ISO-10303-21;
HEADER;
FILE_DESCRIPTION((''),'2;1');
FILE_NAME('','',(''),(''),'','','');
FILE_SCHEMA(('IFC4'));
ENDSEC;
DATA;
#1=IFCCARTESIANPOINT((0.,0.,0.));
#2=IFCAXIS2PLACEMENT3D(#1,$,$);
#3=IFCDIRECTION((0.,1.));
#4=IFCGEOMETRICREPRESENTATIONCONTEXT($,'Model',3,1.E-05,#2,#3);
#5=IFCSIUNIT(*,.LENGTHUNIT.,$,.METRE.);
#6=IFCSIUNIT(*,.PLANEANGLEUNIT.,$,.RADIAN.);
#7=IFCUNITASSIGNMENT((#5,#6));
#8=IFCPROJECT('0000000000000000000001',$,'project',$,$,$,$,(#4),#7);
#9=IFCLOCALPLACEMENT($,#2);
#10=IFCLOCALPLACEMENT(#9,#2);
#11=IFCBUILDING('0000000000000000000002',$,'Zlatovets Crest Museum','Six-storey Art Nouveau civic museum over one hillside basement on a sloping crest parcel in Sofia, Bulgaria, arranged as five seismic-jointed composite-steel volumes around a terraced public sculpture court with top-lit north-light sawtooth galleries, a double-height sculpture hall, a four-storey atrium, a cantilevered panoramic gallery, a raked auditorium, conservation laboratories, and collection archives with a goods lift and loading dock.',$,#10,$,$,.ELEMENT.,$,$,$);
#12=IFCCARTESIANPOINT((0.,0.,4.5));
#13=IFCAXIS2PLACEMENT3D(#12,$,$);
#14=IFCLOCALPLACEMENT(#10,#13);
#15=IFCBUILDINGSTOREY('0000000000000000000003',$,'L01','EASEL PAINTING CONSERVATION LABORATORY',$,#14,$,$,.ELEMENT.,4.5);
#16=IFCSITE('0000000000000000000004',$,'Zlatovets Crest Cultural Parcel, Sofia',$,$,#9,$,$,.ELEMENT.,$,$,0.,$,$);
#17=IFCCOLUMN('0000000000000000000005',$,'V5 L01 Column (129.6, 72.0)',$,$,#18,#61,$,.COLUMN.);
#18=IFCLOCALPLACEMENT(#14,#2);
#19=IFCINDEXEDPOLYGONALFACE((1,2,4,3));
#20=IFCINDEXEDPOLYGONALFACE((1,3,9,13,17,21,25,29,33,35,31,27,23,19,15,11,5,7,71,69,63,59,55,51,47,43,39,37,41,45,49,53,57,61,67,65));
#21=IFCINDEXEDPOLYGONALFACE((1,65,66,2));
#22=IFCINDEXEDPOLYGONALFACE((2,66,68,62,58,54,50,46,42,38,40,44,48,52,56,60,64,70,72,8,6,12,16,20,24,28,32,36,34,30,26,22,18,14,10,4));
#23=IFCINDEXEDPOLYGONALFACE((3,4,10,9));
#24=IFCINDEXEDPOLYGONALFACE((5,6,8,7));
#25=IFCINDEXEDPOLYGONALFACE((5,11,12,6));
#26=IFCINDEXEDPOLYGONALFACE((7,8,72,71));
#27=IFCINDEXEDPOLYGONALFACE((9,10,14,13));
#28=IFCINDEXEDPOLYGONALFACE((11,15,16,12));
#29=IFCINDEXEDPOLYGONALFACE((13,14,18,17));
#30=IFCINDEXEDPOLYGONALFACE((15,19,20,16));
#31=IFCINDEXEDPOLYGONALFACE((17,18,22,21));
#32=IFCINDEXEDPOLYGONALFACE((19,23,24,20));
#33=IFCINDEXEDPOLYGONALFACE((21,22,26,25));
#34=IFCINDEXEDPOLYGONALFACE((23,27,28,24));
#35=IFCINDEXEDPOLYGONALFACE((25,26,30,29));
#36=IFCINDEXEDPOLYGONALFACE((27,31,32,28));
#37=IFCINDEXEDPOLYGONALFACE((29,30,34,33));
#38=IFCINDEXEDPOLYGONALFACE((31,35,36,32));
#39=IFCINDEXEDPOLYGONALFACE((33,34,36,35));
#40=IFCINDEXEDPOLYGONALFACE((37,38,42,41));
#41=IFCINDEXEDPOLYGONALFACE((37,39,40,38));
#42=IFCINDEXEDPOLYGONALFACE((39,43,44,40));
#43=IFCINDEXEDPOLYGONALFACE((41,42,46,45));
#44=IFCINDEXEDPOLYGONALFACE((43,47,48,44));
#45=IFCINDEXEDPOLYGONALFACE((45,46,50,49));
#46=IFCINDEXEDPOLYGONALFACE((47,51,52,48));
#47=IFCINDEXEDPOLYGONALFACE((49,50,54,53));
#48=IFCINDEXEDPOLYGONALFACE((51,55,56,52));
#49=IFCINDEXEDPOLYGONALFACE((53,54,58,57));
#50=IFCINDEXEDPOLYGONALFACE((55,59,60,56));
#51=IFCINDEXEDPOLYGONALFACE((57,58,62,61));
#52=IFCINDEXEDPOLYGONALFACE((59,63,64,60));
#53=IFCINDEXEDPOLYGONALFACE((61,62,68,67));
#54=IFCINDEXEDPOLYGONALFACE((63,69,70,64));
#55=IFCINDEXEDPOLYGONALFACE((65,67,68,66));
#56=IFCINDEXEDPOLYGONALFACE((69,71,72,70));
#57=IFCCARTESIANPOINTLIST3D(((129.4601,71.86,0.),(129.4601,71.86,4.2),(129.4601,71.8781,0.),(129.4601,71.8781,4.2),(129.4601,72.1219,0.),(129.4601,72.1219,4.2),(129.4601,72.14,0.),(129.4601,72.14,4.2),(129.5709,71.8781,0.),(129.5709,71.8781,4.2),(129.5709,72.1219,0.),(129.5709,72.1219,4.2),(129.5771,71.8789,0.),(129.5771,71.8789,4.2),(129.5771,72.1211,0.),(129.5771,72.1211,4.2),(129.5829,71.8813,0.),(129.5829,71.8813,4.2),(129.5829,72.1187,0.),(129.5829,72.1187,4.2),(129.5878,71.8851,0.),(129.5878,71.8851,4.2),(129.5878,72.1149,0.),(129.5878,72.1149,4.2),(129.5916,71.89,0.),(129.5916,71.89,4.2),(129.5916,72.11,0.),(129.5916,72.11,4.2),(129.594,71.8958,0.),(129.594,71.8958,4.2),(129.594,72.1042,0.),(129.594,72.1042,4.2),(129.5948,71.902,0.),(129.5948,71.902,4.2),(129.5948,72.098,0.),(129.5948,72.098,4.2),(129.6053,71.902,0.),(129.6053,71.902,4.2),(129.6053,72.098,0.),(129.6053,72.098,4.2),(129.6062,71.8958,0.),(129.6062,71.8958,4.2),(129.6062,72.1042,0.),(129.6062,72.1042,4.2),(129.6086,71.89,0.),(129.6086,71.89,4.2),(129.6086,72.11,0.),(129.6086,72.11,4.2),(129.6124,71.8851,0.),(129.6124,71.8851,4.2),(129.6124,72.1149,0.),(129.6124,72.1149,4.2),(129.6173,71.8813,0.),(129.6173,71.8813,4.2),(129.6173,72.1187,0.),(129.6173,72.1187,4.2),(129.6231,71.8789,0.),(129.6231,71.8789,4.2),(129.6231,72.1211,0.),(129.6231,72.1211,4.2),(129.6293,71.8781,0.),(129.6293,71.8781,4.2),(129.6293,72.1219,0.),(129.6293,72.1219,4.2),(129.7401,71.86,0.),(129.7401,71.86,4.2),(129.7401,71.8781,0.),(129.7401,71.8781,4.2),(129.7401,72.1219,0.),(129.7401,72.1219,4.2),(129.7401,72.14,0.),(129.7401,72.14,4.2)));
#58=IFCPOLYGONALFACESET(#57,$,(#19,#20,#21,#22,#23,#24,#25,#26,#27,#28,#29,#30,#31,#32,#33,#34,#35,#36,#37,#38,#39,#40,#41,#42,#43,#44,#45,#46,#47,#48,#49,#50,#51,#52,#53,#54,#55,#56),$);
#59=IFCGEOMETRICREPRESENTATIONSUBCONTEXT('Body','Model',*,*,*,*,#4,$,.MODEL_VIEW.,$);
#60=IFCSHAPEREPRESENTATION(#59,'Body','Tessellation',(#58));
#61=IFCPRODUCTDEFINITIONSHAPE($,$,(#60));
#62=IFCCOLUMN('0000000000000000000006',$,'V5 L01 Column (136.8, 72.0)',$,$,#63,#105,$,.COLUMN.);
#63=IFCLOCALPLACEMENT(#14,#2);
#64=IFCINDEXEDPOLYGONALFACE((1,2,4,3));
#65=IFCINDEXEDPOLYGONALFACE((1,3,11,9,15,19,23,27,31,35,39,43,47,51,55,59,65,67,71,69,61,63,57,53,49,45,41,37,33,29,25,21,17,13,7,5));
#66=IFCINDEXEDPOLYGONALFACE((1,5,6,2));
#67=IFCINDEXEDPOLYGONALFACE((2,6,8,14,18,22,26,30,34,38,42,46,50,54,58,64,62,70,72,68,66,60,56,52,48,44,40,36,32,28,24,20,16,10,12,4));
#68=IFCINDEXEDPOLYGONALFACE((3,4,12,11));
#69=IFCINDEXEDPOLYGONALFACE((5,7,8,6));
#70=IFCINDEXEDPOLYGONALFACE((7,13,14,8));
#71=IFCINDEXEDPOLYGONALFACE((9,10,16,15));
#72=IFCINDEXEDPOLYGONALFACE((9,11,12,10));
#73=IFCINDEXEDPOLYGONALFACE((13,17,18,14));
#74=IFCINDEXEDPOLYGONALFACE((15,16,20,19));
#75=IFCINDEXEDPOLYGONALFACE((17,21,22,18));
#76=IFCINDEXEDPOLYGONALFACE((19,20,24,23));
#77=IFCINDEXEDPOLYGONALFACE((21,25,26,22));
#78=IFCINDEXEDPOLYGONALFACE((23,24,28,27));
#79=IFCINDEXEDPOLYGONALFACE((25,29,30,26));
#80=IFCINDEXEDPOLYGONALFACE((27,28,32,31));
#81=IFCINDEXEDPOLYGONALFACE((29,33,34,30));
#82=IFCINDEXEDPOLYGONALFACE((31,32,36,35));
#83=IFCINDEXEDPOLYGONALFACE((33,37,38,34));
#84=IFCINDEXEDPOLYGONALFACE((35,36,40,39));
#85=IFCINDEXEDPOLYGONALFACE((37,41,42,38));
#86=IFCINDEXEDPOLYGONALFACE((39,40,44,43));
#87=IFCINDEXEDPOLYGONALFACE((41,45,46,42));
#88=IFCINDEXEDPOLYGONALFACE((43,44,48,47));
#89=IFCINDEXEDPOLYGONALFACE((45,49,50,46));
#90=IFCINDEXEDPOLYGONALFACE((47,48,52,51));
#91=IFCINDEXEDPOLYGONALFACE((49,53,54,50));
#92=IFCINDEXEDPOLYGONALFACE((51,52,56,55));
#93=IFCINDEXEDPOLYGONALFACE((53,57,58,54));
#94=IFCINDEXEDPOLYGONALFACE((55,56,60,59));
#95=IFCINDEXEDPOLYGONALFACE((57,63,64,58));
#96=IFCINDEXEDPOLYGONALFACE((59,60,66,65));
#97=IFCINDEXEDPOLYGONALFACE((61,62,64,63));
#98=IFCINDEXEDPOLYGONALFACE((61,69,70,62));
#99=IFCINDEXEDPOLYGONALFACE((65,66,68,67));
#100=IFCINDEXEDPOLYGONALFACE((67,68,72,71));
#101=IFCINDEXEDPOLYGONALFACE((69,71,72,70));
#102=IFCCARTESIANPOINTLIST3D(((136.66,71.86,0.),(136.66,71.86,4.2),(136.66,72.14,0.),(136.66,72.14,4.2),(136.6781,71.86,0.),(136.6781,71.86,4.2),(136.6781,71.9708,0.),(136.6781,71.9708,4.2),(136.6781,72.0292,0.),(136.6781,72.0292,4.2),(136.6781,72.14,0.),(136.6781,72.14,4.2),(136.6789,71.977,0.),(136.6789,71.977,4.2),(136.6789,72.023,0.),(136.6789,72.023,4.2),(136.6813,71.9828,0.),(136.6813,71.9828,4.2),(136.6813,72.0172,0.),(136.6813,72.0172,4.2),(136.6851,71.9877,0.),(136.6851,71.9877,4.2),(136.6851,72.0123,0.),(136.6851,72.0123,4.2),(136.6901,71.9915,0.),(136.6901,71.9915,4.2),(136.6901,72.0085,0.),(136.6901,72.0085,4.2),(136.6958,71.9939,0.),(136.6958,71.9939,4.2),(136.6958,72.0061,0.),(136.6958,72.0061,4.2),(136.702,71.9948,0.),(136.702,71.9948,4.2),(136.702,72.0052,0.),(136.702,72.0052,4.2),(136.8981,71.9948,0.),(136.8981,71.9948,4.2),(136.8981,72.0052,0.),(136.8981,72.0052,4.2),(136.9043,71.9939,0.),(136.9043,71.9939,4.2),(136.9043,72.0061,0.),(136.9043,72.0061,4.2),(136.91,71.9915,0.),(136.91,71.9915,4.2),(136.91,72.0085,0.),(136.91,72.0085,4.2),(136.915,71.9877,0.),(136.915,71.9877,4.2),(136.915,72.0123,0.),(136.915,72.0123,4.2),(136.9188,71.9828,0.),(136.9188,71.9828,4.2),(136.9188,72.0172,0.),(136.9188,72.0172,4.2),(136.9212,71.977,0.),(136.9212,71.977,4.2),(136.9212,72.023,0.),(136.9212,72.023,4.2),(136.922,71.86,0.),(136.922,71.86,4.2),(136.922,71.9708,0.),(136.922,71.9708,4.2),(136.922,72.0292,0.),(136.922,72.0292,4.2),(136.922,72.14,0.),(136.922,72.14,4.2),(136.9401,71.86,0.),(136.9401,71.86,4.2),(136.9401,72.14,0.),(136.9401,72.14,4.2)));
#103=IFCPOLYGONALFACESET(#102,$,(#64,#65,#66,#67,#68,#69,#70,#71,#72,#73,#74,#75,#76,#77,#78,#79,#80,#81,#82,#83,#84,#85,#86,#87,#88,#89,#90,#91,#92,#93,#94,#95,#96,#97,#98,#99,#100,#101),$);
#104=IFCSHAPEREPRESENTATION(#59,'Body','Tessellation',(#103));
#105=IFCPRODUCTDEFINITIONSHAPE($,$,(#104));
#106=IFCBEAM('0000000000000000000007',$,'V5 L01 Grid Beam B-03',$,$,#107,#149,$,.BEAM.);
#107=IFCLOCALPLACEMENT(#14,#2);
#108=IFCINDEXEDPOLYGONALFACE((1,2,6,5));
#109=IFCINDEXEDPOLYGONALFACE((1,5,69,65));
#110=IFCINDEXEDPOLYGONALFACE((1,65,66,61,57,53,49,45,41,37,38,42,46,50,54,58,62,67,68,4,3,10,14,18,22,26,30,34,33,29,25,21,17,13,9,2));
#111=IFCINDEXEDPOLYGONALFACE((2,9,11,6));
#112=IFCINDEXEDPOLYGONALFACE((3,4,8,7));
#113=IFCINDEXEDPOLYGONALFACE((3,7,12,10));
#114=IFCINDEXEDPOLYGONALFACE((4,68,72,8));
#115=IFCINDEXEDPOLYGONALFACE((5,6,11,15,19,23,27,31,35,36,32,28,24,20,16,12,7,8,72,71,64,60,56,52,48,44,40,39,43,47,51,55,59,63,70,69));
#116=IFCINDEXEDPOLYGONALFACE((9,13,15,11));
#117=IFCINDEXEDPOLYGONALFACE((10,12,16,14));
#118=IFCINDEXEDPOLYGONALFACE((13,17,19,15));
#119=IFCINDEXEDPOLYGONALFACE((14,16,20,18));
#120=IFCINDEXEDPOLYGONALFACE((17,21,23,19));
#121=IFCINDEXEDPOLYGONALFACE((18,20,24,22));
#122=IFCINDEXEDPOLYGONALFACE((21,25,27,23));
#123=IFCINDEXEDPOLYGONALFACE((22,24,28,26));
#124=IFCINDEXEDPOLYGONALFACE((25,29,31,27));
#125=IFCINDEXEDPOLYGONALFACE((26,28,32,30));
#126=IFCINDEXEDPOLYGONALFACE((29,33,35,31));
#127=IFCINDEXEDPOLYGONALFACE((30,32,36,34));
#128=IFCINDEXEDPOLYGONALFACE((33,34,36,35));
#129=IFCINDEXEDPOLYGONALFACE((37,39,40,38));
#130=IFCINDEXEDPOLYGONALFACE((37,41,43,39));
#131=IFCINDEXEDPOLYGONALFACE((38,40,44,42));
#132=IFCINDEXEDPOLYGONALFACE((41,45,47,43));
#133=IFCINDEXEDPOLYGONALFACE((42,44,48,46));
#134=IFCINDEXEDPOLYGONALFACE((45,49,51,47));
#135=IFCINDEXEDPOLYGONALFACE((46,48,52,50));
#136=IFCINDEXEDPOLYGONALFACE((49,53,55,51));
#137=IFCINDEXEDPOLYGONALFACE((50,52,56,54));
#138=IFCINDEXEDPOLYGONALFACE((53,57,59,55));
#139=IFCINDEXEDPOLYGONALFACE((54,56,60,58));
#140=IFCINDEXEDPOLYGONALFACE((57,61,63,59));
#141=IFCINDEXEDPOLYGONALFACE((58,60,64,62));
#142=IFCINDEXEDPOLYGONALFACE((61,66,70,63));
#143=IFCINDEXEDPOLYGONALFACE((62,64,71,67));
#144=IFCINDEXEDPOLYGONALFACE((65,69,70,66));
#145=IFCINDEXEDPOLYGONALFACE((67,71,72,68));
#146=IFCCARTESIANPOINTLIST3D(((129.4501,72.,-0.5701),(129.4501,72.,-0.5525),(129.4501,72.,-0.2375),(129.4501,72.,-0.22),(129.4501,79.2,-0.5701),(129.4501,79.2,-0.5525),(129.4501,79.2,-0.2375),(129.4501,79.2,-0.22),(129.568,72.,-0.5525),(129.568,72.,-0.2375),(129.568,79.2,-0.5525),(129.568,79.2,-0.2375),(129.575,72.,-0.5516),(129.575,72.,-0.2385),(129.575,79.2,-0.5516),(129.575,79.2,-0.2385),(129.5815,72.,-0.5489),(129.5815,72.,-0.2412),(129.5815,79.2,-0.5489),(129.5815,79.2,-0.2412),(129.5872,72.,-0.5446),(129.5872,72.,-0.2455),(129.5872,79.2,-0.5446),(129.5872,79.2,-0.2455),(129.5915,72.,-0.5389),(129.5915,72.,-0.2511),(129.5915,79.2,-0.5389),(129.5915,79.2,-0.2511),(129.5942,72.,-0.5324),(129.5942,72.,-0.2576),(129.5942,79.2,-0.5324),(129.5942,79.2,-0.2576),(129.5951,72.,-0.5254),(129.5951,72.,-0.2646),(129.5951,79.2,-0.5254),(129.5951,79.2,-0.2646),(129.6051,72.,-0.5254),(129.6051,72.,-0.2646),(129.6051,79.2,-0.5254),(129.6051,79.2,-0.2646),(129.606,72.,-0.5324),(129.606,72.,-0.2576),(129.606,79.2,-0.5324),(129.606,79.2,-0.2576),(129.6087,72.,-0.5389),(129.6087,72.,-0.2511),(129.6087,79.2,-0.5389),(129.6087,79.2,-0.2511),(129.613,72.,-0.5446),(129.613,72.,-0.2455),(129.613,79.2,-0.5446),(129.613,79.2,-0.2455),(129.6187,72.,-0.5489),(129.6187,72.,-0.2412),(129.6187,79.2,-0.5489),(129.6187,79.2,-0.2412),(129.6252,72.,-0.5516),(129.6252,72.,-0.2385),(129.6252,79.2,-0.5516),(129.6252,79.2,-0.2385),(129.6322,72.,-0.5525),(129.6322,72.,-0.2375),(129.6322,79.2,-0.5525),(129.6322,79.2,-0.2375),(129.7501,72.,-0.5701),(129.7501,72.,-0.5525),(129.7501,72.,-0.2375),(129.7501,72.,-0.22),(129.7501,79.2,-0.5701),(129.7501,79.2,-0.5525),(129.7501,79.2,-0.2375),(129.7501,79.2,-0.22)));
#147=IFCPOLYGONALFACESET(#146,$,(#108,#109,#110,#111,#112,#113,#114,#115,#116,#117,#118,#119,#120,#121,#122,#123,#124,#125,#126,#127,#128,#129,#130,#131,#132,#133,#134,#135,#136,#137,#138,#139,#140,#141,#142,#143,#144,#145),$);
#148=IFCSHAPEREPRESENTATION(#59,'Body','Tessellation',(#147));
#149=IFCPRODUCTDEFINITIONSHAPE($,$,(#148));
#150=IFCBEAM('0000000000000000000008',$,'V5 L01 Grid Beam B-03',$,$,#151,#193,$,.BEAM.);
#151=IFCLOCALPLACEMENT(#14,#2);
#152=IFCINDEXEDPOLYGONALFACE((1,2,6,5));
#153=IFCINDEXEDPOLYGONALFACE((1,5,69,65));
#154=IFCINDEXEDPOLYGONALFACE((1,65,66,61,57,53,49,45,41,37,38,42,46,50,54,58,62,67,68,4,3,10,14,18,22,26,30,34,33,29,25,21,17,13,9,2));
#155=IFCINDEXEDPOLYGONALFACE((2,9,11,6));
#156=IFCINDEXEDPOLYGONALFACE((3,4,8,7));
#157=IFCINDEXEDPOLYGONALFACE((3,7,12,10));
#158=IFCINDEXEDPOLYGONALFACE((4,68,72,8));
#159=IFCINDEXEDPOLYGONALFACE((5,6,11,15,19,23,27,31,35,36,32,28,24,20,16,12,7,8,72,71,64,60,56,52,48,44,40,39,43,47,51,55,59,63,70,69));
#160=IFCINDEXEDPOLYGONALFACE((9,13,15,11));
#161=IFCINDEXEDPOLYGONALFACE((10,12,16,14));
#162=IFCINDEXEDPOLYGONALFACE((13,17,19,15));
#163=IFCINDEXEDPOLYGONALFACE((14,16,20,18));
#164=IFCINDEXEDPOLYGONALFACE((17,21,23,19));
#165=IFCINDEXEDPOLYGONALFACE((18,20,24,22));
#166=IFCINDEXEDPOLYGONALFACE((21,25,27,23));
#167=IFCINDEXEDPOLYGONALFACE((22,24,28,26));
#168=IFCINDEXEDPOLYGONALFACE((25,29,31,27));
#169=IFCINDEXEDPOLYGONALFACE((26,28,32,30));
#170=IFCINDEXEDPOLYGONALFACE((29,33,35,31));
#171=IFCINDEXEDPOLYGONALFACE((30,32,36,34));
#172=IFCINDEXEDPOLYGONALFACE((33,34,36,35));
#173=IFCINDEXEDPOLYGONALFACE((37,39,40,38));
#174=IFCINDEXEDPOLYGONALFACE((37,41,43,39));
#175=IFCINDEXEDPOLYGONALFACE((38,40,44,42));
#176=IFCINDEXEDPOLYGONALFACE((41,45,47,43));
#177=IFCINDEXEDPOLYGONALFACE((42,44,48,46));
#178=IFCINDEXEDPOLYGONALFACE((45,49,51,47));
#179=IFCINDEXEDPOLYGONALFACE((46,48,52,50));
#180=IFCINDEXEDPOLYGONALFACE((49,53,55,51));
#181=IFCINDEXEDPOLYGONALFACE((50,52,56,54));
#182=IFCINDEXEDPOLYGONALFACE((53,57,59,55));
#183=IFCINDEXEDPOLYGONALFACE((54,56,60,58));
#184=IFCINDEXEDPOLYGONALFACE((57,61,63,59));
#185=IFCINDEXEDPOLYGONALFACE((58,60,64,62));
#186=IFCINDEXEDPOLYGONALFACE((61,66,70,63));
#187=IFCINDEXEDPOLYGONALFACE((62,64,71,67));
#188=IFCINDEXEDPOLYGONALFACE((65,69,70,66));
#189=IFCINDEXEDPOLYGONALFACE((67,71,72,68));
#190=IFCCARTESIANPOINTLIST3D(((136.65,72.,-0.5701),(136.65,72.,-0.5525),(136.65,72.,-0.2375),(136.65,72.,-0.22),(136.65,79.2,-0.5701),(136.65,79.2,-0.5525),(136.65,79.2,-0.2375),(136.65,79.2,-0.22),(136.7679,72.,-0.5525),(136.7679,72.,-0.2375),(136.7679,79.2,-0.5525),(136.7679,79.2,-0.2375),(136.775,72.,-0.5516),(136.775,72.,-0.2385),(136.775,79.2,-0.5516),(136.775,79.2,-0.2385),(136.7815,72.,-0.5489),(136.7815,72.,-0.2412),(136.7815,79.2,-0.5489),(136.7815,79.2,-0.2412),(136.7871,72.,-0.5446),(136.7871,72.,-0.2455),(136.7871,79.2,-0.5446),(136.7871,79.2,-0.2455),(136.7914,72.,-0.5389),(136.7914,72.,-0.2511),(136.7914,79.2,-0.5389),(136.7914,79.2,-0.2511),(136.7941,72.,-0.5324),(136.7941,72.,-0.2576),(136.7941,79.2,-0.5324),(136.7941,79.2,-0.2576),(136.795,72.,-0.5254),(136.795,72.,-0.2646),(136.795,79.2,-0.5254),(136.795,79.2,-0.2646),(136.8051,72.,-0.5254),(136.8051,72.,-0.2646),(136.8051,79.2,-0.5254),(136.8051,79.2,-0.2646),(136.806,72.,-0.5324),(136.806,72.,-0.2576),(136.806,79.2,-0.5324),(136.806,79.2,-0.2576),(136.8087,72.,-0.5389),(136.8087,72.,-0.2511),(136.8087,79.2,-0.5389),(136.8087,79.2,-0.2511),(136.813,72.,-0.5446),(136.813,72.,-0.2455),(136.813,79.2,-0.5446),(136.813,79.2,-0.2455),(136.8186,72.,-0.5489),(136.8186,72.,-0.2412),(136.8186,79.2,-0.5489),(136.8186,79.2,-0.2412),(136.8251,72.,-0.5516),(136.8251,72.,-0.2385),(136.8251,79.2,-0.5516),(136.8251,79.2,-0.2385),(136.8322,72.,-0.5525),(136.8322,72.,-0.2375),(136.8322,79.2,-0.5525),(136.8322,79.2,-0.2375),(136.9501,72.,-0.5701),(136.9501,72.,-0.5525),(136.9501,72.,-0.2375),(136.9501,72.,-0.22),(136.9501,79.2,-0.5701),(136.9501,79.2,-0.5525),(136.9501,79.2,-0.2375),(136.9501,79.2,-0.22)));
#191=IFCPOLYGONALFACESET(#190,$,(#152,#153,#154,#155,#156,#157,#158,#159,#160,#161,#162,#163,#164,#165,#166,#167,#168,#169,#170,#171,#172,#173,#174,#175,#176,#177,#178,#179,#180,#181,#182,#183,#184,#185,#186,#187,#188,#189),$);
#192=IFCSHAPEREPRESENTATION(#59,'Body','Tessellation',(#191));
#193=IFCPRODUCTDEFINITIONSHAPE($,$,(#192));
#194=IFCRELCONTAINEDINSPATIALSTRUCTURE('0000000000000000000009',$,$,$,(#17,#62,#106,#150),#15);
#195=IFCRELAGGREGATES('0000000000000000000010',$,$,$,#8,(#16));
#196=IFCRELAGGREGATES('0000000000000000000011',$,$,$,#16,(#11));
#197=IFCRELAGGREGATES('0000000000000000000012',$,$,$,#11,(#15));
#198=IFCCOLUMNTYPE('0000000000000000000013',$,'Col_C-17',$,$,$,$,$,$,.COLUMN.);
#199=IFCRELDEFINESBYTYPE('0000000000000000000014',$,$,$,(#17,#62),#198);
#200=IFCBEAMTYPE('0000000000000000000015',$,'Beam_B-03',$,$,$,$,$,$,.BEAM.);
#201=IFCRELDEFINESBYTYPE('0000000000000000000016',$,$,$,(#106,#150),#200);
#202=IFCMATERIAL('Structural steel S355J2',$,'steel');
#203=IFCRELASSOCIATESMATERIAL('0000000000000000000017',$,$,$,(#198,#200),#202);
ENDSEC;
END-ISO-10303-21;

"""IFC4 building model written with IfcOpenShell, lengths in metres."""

from ifc_helpers import new_model, si_unit, direction, frame, origin, origin_2d, place, context, subcontext, project, spatial, i_section, extrude, material, material_profile, profile_set, type_object, element, save


model = new_model("IFC4")

# Units and contexts
model_context = context("Model", 3, precision=1e-05, world=origin(), true_north=direction((0.0, 1.0)))
body_context = subcontext(model_context, "Body", "Model", "MODEL_VIEW")
ifc_project = project(units=[si_unit("LENGTHUNIT", "METRE"), si_unit("PLANEANGLEUNIT", "RADIAN")], contexts=[model_context])

# Site, building, storey
site_placement = place(None, origin())
site = spatial("IfcSite", under=ifc_project, at=site_placement, Name="Zlatovets Crest Cultural Parcel, Sofia", CompositionType="ELEMENT", RefElevation=0.0)
building_placement = place(site_placement, origin())
building = spatial("IfcBuilding", under=site, at=building_placement, Name="Zlatovets Crest Museum", Description="Six-storey Art Nouveau civic museum over one hillside basement on a sloping crest parcel in Sofia, Bulgaria, arranged as five seismic-jointed composite-steel volumes around a terraced public sculpture court with top-lit north-light sawtooth galleries, a double-height sculpture hall, a four-storey atrium, a cantilevered panoramic gallery, a raked auditorium, conservation laboratories, and collection archives with a goods lift and loading dock.", CompositionType="ELEMENT")
storey_placement = place(building_placement, frame((0.0, 0.0, 4.5)))
storey = spatial("IfcBuildingStorey", under=building, at=storey_placement, Name="L01", Description="EASEL PAINTING CONSERVATION LABORATORY", CompositionType="ELEMENT", Elevation=4.5)

# Columns
ifc_material_1 = material(Name="Structural steel S355J2", Category="steel")
ifc_material_profile_1 = material_profile(ifc_material_1, i_section(OverallWidth=0.28, OverallDepth=0.28, WebThickness=0.0105, FlangeThickness=0.0181, FilletRadius=0.0239, at=origin_2d()), Name="HEB 280")
ifc_profile_set_1 = profile_set([ifc_material_profile_1], Name="Structural steel S355J2")
column_type = type_object("IfcColumnType", Name="Col_C-17", PredefinedType="COLUMN", material=ifc_profile_set_1)
for number, where, z_axis, x_axis, name in (
    (1, (129.6001, 72.0, 0.0), (0.0, 0.0, 1.0), (1.0, 0.0, 0.0), "V5 L01 Column (129.6, 72.0)"),
    (2, (136.8, 72.0, 0.0), (0.0, 0.0, 1.0), (0.0, 1.0, 0.0), "V5 L01 Column (136.8, 72.0)"),
):
    element("IfcColumn", number, at=place(storey_placement, frame(where, z_axis=z_axis, x_axis=x_axis)), inside=storey, type_object=column_type, Name=name, PredefinedType="COLUMN", context=body_context, shape_type="SweptSolid", body=[
        extrude(i_section(OverallWidth=0.28, OverallDepth=0.28, WebThickness=0.0105, FlangeThickness=0.0181, FilletRadius=0.0239, at=origin_2d()), origin(), (0.0, 0.0, 1.0), 4.2),
    ])

# Beams
ifc_material_profile_2 = material_profile(ifc_material_1, i_section(OverallWidth=0.3, OverallDepth=0.3501, WebThickness=0.01, FlangeThickness=0.0176, FilletRadius=0.0271, at=origin_2d()), Name="HEA 360")
ifc_profile_set_2 = profile_set([ifc_material_profile_2], Name="Structural steel S355J2")
beam_type_1 = type_object("IfcBeamType", Name="Beam_B-03", PredefinedType="BEAM", material=ifc_profile_set_2)
for number, where, z_axis, x_axis, name in (
    (3, (129.6001, 72.0, -0.395), (0.0, 1.0, 0.0), (-1.0, 0.0, 0.0), "V5 L01 Grid Beam B-03"),
    (4, (136.8, 72.0, -0.395), (0.0, 1.0, 0.0), (-1.0, 0.0, 0.0), "V5 L01 Grid Beam B-03"),
):
    element("IfcBeam", number, at=place(storey_placement, frame(where, z_axis=z_axis, x_axis=x_axis)), inside=storey, type_object=beam_type_1, Name=name, PredefinedType="BEAM", context=body_context, shape_type="SweptSolid", body=[
        extrude(i_section(OverallWidth=0.3, OverallDepth=0.3501, WebThickness=0.01, FlangeThickness=0.0176, FilletRadius=0.0271, at=origin_2d()), origin(), (0.0, 0.0, 1.0), 7.2),
    ])

save(model, "model.ifc")
